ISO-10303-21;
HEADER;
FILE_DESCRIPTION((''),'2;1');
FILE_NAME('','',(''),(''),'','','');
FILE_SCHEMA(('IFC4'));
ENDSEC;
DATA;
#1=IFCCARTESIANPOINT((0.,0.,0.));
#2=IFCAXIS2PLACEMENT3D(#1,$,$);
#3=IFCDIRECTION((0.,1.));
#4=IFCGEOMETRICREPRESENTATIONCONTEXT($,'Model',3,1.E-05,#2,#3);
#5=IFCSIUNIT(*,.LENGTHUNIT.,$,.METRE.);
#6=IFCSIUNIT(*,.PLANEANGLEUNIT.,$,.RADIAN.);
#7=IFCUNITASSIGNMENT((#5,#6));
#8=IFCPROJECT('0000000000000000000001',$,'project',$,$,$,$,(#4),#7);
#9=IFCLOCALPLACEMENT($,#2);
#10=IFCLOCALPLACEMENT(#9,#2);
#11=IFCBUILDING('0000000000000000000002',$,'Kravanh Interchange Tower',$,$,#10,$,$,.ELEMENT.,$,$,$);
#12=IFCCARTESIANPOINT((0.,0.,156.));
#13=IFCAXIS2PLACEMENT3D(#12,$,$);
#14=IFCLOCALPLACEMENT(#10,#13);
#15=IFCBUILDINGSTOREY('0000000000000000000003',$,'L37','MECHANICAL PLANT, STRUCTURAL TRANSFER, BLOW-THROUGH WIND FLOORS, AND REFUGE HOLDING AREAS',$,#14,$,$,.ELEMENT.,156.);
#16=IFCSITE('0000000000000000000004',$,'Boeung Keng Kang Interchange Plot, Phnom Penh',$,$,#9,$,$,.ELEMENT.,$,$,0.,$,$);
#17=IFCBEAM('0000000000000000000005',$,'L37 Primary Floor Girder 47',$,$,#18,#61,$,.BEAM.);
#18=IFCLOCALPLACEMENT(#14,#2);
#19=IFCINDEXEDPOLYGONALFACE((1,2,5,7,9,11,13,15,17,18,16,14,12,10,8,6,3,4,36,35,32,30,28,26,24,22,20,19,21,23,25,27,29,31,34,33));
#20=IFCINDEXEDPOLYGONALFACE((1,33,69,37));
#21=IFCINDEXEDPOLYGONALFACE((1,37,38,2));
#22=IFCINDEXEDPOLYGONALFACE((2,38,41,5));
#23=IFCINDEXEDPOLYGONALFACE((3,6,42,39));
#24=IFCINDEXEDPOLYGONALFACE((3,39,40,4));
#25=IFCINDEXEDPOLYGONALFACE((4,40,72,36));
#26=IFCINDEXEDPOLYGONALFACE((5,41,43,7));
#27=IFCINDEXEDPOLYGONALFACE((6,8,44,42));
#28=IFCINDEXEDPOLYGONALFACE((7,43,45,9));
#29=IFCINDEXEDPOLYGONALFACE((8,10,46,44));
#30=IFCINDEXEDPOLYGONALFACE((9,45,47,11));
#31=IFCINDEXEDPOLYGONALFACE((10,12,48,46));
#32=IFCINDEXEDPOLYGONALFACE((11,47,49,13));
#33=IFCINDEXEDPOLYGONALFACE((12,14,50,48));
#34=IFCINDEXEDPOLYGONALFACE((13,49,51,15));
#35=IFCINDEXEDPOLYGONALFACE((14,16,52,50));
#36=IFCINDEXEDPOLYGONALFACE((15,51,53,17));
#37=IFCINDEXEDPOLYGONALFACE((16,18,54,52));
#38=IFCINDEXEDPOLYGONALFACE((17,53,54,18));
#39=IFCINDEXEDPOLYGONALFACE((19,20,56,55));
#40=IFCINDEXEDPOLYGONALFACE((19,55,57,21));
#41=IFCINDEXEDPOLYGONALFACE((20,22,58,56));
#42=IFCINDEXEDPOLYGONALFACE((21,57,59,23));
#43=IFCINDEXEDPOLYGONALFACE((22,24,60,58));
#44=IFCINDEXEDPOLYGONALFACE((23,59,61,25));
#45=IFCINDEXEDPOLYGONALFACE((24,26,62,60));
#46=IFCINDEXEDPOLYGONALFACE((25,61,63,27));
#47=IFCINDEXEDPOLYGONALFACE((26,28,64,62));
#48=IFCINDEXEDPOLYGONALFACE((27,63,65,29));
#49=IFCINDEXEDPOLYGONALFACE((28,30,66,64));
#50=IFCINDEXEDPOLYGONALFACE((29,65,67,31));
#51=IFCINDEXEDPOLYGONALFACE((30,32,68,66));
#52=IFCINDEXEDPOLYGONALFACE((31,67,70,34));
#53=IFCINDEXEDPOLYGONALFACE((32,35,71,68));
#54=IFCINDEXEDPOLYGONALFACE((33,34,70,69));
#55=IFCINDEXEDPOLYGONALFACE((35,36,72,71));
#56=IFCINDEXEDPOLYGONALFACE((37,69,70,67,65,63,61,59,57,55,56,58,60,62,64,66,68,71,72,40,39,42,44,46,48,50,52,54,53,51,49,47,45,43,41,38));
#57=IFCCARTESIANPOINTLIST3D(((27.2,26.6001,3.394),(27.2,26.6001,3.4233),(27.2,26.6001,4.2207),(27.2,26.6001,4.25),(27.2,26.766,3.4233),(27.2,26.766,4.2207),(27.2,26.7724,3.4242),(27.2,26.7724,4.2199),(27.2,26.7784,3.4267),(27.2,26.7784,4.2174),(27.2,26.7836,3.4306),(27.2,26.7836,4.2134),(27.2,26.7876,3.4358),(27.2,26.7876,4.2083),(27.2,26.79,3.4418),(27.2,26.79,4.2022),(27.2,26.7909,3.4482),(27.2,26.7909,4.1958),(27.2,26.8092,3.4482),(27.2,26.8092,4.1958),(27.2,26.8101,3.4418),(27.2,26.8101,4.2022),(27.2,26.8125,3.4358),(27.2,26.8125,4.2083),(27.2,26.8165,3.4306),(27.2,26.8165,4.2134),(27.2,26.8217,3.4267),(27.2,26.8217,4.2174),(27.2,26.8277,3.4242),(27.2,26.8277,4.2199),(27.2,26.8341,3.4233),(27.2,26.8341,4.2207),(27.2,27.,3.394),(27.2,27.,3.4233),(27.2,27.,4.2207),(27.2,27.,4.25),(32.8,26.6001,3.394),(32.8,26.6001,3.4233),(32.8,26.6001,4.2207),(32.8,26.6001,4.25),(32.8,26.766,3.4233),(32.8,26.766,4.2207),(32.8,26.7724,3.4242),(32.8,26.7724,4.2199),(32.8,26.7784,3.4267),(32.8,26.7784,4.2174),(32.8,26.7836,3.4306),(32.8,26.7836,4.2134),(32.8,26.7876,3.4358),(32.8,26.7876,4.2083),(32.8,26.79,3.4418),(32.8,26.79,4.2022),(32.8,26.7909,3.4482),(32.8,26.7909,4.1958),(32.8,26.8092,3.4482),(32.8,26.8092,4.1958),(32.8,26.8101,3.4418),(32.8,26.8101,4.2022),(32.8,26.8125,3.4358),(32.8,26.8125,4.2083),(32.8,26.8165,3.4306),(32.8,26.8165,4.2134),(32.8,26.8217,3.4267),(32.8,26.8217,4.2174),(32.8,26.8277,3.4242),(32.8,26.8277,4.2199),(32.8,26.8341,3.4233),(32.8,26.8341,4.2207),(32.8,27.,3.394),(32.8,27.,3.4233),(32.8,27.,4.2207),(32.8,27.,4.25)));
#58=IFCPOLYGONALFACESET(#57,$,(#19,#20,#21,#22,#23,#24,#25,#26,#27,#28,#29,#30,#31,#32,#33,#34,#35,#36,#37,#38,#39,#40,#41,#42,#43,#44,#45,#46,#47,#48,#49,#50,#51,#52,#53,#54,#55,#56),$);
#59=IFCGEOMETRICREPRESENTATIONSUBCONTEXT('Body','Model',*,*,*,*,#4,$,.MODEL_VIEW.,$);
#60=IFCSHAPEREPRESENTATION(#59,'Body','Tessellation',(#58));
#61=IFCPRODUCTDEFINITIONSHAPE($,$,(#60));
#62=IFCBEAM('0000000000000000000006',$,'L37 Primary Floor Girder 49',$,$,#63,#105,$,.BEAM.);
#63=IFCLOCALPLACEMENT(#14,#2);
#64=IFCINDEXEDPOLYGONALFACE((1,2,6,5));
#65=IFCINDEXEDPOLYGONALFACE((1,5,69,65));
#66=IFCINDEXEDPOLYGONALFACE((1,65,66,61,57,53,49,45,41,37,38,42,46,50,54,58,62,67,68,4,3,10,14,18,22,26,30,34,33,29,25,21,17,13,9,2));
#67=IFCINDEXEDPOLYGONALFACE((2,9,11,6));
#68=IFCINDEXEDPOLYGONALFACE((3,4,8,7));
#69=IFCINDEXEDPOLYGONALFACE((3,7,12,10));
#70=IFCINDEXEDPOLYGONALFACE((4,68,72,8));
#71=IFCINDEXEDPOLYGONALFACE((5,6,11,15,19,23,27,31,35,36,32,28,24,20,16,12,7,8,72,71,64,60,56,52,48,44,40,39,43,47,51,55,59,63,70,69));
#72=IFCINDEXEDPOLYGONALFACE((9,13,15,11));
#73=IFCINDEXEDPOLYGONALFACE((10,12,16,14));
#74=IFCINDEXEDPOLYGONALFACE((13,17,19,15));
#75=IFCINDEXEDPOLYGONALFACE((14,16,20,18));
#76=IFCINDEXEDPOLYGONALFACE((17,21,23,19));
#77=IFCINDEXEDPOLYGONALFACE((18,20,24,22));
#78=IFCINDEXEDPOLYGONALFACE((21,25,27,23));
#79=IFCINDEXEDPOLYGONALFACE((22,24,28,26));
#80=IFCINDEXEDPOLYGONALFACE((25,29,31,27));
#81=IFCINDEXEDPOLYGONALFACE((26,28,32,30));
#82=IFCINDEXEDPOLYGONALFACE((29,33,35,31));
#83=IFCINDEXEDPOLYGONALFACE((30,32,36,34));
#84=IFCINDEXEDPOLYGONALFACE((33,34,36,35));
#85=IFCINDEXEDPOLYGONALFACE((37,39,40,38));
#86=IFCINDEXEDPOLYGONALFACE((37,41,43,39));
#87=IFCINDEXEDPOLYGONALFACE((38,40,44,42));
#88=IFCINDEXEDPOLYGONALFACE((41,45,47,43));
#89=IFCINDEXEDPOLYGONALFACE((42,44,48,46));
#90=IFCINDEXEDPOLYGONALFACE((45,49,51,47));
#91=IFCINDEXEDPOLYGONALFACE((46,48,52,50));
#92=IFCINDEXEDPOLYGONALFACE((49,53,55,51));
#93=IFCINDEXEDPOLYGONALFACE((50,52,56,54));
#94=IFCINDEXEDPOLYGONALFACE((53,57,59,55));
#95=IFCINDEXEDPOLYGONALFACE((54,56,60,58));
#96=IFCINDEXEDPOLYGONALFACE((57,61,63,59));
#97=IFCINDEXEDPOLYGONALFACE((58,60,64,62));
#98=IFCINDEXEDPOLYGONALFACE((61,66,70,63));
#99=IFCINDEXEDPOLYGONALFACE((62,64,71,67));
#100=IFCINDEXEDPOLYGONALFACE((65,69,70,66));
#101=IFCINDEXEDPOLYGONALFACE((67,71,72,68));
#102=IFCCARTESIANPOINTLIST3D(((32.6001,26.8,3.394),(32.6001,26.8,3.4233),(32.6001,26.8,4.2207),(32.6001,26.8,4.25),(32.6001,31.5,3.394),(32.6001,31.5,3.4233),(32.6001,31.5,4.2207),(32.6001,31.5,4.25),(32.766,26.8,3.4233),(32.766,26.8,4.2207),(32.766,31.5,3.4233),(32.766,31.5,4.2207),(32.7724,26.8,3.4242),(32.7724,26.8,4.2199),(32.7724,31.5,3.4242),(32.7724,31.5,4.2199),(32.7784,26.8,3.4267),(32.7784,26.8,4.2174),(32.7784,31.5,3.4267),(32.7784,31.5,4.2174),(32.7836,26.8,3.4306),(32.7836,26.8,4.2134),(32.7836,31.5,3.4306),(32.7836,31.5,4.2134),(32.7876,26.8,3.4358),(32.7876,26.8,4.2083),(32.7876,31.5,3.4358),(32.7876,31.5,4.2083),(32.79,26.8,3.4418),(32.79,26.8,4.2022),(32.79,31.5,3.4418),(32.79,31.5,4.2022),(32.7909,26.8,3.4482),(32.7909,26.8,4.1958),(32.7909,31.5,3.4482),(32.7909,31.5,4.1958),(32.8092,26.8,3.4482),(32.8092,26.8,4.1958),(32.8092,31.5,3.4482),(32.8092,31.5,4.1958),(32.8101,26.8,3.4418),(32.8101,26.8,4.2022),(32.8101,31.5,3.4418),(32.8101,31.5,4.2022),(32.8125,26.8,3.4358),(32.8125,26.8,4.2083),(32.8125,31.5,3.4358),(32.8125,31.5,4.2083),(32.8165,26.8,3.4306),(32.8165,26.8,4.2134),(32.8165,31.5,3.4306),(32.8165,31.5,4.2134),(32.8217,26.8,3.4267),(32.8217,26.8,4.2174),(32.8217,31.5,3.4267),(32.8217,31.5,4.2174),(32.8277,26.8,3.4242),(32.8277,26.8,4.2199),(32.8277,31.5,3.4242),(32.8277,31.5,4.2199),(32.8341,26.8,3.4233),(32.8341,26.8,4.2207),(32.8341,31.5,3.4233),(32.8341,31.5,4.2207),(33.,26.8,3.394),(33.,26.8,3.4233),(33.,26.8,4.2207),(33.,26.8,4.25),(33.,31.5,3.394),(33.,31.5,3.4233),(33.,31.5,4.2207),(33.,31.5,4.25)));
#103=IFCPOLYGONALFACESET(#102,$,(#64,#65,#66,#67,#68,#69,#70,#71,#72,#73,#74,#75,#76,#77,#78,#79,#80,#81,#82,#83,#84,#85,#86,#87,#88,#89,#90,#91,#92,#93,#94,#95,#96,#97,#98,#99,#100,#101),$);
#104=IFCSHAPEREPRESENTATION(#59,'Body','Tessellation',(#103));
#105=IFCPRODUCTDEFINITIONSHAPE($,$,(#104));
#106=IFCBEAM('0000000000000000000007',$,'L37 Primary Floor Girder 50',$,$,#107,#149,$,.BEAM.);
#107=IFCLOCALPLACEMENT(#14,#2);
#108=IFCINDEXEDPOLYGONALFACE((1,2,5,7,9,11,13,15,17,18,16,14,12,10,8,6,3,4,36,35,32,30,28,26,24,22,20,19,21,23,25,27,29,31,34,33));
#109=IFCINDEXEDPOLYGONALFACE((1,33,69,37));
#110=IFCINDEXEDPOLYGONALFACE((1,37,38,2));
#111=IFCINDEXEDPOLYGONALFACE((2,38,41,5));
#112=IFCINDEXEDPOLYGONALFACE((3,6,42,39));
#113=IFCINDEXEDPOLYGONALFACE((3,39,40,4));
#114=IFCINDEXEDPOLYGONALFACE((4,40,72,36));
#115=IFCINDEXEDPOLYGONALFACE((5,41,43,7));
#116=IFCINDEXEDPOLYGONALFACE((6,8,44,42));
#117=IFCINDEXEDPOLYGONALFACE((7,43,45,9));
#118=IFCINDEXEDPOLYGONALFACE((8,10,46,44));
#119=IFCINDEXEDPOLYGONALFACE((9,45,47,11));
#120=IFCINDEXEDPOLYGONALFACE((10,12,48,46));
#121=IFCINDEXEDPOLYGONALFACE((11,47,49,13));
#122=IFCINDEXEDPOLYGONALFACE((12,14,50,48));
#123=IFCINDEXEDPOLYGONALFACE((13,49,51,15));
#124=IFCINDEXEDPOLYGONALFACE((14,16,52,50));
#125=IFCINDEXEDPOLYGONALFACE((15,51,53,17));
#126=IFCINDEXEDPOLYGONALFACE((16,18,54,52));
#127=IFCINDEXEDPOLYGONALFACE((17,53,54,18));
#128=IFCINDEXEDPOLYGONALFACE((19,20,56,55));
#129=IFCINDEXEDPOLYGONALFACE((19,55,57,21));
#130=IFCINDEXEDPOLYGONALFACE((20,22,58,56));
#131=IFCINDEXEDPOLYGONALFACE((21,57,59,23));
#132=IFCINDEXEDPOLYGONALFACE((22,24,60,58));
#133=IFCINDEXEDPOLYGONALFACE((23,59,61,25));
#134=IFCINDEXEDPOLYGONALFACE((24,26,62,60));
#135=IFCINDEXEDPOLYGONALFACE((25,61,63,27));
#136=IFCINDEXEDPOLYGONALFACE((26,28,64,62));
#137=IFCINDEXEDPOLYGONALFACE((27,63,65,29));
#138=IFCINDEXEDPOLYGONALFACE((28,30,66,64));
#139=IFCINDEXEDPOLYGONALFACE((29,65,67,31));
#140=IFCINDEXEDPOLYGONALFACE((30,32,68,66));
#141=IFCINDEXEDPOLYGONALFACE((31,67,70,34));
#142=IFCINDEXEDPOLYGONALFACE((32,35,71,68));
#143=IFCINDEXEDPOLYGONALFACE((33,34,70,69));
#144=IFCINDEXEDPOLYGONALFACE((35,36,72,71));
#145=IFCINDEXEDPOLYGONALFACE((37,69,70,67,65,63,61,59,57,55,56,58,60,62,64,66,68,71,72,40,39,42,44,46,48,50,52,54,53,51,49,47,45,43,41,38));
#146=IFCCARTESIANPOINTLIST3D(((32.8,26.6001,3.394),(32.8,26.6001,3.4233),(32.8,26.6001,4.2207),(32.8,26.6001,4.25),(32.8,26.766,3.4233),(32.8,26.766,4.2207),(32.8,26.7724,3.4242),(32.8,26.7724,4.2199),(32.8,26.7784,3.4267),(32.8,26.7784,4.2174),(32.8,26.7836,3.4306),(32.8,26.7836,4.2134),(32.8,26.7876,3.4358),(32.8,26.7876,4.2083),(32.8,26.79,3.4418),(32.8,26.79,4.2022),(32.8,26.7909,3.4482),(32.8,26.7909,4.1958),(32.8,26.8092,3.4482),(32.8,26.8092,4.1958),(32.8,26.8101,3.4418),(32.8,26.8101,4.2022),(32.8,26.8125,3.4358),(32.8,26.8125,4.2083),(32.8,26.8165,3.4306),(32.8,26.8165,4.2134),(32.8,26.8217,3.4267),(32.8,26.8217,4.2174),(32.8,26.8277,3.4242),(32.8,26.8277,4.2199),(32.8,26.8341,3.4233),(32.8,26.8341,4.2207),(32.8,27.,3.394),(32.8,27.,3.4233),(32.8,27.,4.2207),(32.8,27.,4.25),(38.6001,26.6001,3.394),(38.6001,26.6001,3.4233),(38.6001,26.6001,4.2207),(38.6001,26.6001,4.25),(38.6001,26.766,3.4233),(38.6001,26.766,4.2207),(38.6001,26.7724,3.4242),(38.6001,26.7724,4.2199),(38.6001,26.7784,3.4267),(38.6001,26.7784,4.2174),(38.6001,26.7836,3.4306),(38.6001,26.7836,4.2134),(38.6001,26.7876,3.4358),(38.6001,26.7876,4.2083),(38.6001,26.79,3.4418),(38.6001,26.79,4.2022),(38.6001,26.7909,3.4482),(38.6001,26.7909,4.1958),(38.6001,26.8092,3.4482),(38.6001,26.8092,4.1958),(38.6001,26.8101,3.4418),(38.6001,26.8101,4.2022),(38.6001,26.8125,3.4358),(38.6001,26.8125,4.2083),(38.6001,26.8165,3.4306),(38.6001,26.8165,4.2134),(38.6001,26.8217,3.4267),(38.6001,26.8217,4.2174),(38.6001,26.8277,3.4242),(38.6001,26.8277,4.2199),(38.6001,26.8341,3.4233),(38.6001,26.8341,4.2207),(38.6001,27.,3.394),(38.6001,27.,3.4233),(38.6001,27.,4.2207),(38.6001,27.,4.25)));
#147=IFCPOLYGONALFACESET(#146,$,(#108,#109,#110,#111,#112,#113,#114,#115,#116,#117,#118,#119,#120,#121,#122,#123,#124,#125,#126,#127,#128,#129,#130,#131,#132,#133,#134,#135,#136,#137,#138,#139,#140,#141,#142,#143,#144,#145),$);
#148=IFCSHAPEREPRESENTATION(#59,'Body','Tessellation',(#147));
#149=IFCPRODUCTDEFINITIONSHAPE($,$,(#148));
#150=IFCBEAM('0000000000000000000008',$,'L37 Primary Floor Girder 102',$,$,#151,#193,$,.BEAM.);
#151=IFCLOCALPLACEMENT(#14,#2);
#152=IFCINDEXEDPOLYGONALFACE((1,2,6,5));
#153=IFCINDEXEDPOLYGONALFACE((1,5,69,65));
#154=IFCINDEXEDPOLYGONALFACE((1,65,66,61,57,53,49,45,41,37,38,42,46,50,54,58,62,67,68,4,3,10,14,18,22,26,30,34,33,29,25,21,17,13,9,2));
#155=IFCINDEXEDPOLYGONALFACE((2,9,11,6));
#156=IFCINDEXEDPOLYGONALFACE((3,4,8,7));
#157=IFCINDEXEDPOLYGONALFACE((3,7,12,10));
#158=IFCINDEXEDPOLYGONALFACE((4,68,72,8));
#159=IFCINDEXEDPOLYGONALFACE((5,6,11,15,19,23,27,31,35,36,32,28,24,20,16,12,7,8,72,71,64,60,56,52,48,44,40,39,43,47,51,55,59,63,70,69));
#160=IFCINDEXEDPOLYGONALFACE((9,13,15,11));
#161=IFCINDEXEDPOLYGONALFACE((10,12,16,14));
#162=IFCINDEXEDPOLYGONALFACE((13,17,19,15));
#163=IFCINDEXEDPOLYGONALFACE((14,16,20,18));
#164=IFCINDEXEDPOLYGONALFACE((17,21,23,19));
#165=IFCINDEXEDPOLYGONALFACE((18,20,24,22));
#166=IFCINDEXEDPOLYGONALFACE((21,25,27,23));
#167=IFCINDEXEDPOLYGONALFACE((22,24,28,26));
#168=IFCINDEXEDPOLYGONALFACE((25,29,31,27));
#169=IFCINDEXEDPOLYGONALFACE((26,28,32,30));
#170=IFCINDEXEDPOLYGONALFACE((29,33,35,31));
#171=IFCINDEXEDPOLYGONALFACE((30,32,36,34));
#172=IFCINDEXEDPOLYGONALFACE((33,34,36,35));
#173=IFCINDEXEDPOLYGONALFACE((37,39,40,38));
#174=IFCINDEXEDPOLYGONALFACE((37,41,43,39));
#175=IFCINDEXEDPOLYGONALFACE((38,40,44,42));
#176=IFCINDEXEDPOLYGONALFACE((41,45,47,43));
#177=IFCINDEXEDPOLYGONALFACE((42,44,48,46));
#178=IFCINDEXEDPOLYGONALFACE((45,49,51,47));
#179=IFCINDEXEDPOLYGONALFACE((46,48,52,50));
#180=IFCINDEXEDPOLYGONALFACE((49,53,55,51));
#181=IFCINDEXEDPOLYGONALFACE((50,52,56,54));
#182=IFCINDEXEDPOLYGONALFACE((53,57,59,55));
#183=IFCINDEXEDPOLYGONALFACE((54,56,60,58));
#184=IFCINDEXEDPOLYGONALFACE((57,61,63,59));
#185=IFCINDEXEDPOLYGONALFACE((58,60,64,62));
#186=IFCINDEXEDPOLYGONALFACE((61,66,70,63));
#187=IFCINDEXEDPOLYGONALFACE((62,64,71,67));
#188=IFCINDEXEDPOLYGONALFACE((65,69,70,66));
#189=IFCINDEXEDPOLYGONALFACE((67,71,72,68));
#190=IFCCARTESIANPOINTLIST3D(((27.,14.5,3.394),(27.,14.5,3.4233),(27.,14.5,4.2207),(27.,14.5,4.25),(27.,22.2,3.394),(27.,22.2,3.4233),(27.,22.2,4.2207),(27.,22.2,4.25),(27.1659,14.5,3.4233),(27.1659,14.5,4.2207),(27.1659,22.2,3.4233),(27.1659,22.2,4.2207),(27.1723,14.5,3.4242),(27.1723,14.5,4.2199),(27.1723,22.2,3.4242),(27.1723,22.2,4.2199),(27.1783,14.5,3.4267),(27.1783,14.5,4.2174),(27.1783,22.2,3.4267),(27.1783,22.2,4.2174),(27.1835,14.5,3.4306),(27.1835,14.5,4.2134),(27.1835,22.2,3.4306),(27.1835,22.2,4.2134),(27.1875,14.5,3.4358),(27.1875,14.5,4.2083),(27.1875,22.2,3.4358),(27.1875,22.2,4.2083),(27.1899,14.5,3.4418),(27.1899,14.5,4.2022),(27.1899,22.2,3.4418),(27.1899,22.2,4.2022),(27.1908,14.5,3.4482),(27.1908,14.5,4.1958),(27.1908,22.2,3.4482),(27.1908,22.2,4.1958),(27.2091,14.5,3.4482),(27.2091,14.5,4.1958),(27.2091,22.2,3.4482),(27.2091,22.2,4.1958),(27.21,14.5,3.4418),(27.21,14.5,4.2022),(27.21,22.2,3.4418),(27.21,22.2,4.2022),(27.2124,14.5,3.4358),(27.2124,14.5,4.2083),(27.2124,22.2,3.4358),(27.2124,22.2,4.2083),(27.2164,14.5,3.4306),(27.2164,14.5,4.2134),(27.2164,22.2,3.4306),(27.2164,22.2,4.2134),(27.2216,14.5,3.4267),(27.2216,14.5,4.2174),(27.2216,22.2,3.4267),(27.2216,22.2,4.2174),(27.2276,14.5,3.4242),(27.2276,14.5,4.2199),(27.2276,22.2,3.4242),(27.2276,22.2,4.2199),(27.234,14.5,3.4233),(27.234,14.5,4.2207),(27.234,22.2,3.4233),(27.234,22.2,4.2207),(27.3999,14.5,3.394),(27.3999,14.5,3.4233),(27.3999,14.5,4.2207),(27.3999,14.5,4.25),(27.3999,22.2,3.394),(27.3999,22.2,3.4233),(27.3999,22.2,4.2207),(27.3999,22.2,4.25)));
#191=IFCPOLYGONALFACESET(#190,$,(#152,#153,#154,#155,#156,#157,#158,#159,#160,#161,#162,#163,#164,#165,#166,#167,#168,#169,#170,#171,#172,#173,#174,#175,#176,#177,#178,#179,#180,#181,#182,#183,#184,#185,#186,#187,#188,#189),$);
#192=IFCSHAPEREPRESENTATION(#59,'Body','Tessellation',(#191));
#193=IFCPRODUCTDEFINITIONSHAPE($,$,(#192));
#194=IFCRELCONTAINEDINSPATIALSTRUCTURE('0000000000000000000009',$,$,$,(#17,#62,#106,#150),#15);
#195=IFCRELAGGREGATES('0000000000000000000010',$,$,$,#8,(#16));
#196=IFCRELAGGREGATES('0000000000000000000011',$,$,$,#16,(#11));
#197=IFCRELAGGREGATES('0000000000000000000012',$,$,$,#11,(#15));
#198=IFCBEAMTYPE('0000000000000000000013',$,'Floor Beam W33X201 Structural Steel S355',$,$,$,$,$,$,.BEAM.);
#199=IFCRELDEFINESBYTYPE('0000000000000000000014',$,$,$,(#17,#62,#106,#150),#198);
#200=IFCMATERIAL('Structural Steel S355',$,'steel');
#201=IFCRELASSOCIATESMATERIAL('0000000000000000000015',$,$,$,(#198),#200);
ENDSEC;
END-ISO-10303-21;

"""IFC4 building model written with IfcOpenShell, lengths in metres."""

from ifc_helpers import new_model, si_unit, direction, frame, origin, origin_2d, place, context, subcontext, project, spatial, i_section, extrude, material, material_profile, profile_set, type_object, element, save


model = new_model("IFC4")

# Units and contexts
model_context = context("Model", 3, precision=1e-05, world=origin(), true_north=direction((0.0, 1.0)))
body_context = subcontext(model_context, "Body", "Model", "MODEL_VIEW")
ifc_project = project(units=[si_unit("LENGTHUNIT", "METRE"), si_unit("PLANEANGLEUNIT", "RADIAN")], contexts=[model_context])

# Site, building, storey
site_placement = place(None, origin())
site = spatial("IfcSite", under=ifc_project, at=site_placement, Name="Boeung Keng Kang Interchange Plot, Phnom Penh", CompositionType="ELEMENT", RefElevation=0.0)
building_placement = place(site_placement, origin())
building = spatial("IfcBuilding", under=site, at=building_placement, Name="Kravanh Interchange Tower", CompositionType="ELEMENT")
storey_placement = place(building_placement, frame((0.0, 0.0, 156.0)))
storey = spatial("IfcBuildingStorey", under=building, at=storey_placement, Name="L37", Description="MECHANICAL PLANT, STRUCTURAL TRANSFER, BLOW-THROUGH WIND FLOORS, AND REFUGE HOLDING AREAS", CompositionType="ELEMENT", Elevation=156.0)

# Beams
ifc_material_1 = material(Name="Structural Steel S355", Category="steel")
ifc_material_profile_1 = material_profile(ifc_material_1, i_section(OverallWidth=0.3999, OverallDepth=0.856, WebThickness=0.0183, FlangeThickness=0.0293, FilletRadius=0.0249, at=origin_2d()), Name="W33X201")
ifc_profile_set_1 = profile_set([ifc_material_profile_1], Name="Structural Steel S355")
beam_type_1 = type_object("IfcBeamType", Name="Floor Beam W33X201 Structural Steel S355", PredefinedType="BEAM", material=ifc_profile_set_1)
beam_1_placement = place(storey_placement, frame((27.2, 26.8, 3.822), z_axis=(1.0, 0.0, 0.0), x_axis=(0.0, 1.0, 0.0)))
element("IfcBeam", 1, at=beam_1_placement, inside=storey, type_object=beam_type_1, Name="L37 Primary Floor Girder 47", PredefinedType="BEAM", context=body_context, shape_type="SweptSolid", body=[
    extrude(i_section(OverallWidth=0.3999, OverallDepth=0.856, WebThickness=0.0183, FlangeThickness=0.0293, FilletRadius=0.0249, at=origin_2d()), origin(), (0.0, 0.0, 1.0), 5.6001),
])
beam_2_placement = place(storey_placement, frame((32.8, 26.8, 3.822), z_axis=(0.0, 1.0, 0.0), x_axis=(-1.0, 0.0, 0.0)))
element("IfcBeam", 2, at=beam_2_placement, inside=storey, type_object=beam_type_1, Name="L37 Primary Floor Girder 49", PredefinedType="BEAM", context=body_context, shape_type="SweptSolid", body=[
    extrude(i_section(OverallWidth=0.3999, OverallDepth=0.856, WebThickness=0.0183, FlangeThickness=0.0293, FilletRadius=0.0249, at=origin_2d()), origin(), (0.0, 0.0, 1.0), 4.7),
])
beam_3_placement = place(storey_placement, frame((32.8, 26.8, 3.822), z_axis=(1.0, 0.0, 0.0), x_axis=(0.0, 1.0, 0.0)))
element("IfcBeam", 3, at=beam_3_placement, inside=storey, type_object=beam_type_1, Name="L37 Primary Floor Girder 50", PredefinedType="BEAM", context=body_context, shape_type="SweptSolid", body=[
    extrude(i_section(OverallWidth=0.3999, OverallDepth=0.856, WebThickness=0.0183, FlangeThickness=0.0293, FilletRadius=0.0249, at=origin_2d()), origin(), (0.0, 0.0, 1.0), 5.8),
])
beam_4_placement = place(storey_placement, frame((27.2, 14.5, 3.822), z_axis=(0.0, 1.0, 0.0), x_axis=(-1.0, 0.0, 0.0)))
element("IfcBeam", 4, at=beam_4_placement, inside=storey, type_object=beam_type_1, Name="L37 Primary Floor Girder 102", PredefinedType="BEAM", context=body_context, shape_type="SweptSolid", body=[
    extrude(i_section(OverallWidth=0.3999, OverallDepth=0.856, WebThickness=0.0183, FlangeThickness=0.0293, FilletRadius=0.0249, at=origin_2d()), origin(), (0.0, 0.0, 1.0), 7.7),
])

save(model, "model.ifc")
